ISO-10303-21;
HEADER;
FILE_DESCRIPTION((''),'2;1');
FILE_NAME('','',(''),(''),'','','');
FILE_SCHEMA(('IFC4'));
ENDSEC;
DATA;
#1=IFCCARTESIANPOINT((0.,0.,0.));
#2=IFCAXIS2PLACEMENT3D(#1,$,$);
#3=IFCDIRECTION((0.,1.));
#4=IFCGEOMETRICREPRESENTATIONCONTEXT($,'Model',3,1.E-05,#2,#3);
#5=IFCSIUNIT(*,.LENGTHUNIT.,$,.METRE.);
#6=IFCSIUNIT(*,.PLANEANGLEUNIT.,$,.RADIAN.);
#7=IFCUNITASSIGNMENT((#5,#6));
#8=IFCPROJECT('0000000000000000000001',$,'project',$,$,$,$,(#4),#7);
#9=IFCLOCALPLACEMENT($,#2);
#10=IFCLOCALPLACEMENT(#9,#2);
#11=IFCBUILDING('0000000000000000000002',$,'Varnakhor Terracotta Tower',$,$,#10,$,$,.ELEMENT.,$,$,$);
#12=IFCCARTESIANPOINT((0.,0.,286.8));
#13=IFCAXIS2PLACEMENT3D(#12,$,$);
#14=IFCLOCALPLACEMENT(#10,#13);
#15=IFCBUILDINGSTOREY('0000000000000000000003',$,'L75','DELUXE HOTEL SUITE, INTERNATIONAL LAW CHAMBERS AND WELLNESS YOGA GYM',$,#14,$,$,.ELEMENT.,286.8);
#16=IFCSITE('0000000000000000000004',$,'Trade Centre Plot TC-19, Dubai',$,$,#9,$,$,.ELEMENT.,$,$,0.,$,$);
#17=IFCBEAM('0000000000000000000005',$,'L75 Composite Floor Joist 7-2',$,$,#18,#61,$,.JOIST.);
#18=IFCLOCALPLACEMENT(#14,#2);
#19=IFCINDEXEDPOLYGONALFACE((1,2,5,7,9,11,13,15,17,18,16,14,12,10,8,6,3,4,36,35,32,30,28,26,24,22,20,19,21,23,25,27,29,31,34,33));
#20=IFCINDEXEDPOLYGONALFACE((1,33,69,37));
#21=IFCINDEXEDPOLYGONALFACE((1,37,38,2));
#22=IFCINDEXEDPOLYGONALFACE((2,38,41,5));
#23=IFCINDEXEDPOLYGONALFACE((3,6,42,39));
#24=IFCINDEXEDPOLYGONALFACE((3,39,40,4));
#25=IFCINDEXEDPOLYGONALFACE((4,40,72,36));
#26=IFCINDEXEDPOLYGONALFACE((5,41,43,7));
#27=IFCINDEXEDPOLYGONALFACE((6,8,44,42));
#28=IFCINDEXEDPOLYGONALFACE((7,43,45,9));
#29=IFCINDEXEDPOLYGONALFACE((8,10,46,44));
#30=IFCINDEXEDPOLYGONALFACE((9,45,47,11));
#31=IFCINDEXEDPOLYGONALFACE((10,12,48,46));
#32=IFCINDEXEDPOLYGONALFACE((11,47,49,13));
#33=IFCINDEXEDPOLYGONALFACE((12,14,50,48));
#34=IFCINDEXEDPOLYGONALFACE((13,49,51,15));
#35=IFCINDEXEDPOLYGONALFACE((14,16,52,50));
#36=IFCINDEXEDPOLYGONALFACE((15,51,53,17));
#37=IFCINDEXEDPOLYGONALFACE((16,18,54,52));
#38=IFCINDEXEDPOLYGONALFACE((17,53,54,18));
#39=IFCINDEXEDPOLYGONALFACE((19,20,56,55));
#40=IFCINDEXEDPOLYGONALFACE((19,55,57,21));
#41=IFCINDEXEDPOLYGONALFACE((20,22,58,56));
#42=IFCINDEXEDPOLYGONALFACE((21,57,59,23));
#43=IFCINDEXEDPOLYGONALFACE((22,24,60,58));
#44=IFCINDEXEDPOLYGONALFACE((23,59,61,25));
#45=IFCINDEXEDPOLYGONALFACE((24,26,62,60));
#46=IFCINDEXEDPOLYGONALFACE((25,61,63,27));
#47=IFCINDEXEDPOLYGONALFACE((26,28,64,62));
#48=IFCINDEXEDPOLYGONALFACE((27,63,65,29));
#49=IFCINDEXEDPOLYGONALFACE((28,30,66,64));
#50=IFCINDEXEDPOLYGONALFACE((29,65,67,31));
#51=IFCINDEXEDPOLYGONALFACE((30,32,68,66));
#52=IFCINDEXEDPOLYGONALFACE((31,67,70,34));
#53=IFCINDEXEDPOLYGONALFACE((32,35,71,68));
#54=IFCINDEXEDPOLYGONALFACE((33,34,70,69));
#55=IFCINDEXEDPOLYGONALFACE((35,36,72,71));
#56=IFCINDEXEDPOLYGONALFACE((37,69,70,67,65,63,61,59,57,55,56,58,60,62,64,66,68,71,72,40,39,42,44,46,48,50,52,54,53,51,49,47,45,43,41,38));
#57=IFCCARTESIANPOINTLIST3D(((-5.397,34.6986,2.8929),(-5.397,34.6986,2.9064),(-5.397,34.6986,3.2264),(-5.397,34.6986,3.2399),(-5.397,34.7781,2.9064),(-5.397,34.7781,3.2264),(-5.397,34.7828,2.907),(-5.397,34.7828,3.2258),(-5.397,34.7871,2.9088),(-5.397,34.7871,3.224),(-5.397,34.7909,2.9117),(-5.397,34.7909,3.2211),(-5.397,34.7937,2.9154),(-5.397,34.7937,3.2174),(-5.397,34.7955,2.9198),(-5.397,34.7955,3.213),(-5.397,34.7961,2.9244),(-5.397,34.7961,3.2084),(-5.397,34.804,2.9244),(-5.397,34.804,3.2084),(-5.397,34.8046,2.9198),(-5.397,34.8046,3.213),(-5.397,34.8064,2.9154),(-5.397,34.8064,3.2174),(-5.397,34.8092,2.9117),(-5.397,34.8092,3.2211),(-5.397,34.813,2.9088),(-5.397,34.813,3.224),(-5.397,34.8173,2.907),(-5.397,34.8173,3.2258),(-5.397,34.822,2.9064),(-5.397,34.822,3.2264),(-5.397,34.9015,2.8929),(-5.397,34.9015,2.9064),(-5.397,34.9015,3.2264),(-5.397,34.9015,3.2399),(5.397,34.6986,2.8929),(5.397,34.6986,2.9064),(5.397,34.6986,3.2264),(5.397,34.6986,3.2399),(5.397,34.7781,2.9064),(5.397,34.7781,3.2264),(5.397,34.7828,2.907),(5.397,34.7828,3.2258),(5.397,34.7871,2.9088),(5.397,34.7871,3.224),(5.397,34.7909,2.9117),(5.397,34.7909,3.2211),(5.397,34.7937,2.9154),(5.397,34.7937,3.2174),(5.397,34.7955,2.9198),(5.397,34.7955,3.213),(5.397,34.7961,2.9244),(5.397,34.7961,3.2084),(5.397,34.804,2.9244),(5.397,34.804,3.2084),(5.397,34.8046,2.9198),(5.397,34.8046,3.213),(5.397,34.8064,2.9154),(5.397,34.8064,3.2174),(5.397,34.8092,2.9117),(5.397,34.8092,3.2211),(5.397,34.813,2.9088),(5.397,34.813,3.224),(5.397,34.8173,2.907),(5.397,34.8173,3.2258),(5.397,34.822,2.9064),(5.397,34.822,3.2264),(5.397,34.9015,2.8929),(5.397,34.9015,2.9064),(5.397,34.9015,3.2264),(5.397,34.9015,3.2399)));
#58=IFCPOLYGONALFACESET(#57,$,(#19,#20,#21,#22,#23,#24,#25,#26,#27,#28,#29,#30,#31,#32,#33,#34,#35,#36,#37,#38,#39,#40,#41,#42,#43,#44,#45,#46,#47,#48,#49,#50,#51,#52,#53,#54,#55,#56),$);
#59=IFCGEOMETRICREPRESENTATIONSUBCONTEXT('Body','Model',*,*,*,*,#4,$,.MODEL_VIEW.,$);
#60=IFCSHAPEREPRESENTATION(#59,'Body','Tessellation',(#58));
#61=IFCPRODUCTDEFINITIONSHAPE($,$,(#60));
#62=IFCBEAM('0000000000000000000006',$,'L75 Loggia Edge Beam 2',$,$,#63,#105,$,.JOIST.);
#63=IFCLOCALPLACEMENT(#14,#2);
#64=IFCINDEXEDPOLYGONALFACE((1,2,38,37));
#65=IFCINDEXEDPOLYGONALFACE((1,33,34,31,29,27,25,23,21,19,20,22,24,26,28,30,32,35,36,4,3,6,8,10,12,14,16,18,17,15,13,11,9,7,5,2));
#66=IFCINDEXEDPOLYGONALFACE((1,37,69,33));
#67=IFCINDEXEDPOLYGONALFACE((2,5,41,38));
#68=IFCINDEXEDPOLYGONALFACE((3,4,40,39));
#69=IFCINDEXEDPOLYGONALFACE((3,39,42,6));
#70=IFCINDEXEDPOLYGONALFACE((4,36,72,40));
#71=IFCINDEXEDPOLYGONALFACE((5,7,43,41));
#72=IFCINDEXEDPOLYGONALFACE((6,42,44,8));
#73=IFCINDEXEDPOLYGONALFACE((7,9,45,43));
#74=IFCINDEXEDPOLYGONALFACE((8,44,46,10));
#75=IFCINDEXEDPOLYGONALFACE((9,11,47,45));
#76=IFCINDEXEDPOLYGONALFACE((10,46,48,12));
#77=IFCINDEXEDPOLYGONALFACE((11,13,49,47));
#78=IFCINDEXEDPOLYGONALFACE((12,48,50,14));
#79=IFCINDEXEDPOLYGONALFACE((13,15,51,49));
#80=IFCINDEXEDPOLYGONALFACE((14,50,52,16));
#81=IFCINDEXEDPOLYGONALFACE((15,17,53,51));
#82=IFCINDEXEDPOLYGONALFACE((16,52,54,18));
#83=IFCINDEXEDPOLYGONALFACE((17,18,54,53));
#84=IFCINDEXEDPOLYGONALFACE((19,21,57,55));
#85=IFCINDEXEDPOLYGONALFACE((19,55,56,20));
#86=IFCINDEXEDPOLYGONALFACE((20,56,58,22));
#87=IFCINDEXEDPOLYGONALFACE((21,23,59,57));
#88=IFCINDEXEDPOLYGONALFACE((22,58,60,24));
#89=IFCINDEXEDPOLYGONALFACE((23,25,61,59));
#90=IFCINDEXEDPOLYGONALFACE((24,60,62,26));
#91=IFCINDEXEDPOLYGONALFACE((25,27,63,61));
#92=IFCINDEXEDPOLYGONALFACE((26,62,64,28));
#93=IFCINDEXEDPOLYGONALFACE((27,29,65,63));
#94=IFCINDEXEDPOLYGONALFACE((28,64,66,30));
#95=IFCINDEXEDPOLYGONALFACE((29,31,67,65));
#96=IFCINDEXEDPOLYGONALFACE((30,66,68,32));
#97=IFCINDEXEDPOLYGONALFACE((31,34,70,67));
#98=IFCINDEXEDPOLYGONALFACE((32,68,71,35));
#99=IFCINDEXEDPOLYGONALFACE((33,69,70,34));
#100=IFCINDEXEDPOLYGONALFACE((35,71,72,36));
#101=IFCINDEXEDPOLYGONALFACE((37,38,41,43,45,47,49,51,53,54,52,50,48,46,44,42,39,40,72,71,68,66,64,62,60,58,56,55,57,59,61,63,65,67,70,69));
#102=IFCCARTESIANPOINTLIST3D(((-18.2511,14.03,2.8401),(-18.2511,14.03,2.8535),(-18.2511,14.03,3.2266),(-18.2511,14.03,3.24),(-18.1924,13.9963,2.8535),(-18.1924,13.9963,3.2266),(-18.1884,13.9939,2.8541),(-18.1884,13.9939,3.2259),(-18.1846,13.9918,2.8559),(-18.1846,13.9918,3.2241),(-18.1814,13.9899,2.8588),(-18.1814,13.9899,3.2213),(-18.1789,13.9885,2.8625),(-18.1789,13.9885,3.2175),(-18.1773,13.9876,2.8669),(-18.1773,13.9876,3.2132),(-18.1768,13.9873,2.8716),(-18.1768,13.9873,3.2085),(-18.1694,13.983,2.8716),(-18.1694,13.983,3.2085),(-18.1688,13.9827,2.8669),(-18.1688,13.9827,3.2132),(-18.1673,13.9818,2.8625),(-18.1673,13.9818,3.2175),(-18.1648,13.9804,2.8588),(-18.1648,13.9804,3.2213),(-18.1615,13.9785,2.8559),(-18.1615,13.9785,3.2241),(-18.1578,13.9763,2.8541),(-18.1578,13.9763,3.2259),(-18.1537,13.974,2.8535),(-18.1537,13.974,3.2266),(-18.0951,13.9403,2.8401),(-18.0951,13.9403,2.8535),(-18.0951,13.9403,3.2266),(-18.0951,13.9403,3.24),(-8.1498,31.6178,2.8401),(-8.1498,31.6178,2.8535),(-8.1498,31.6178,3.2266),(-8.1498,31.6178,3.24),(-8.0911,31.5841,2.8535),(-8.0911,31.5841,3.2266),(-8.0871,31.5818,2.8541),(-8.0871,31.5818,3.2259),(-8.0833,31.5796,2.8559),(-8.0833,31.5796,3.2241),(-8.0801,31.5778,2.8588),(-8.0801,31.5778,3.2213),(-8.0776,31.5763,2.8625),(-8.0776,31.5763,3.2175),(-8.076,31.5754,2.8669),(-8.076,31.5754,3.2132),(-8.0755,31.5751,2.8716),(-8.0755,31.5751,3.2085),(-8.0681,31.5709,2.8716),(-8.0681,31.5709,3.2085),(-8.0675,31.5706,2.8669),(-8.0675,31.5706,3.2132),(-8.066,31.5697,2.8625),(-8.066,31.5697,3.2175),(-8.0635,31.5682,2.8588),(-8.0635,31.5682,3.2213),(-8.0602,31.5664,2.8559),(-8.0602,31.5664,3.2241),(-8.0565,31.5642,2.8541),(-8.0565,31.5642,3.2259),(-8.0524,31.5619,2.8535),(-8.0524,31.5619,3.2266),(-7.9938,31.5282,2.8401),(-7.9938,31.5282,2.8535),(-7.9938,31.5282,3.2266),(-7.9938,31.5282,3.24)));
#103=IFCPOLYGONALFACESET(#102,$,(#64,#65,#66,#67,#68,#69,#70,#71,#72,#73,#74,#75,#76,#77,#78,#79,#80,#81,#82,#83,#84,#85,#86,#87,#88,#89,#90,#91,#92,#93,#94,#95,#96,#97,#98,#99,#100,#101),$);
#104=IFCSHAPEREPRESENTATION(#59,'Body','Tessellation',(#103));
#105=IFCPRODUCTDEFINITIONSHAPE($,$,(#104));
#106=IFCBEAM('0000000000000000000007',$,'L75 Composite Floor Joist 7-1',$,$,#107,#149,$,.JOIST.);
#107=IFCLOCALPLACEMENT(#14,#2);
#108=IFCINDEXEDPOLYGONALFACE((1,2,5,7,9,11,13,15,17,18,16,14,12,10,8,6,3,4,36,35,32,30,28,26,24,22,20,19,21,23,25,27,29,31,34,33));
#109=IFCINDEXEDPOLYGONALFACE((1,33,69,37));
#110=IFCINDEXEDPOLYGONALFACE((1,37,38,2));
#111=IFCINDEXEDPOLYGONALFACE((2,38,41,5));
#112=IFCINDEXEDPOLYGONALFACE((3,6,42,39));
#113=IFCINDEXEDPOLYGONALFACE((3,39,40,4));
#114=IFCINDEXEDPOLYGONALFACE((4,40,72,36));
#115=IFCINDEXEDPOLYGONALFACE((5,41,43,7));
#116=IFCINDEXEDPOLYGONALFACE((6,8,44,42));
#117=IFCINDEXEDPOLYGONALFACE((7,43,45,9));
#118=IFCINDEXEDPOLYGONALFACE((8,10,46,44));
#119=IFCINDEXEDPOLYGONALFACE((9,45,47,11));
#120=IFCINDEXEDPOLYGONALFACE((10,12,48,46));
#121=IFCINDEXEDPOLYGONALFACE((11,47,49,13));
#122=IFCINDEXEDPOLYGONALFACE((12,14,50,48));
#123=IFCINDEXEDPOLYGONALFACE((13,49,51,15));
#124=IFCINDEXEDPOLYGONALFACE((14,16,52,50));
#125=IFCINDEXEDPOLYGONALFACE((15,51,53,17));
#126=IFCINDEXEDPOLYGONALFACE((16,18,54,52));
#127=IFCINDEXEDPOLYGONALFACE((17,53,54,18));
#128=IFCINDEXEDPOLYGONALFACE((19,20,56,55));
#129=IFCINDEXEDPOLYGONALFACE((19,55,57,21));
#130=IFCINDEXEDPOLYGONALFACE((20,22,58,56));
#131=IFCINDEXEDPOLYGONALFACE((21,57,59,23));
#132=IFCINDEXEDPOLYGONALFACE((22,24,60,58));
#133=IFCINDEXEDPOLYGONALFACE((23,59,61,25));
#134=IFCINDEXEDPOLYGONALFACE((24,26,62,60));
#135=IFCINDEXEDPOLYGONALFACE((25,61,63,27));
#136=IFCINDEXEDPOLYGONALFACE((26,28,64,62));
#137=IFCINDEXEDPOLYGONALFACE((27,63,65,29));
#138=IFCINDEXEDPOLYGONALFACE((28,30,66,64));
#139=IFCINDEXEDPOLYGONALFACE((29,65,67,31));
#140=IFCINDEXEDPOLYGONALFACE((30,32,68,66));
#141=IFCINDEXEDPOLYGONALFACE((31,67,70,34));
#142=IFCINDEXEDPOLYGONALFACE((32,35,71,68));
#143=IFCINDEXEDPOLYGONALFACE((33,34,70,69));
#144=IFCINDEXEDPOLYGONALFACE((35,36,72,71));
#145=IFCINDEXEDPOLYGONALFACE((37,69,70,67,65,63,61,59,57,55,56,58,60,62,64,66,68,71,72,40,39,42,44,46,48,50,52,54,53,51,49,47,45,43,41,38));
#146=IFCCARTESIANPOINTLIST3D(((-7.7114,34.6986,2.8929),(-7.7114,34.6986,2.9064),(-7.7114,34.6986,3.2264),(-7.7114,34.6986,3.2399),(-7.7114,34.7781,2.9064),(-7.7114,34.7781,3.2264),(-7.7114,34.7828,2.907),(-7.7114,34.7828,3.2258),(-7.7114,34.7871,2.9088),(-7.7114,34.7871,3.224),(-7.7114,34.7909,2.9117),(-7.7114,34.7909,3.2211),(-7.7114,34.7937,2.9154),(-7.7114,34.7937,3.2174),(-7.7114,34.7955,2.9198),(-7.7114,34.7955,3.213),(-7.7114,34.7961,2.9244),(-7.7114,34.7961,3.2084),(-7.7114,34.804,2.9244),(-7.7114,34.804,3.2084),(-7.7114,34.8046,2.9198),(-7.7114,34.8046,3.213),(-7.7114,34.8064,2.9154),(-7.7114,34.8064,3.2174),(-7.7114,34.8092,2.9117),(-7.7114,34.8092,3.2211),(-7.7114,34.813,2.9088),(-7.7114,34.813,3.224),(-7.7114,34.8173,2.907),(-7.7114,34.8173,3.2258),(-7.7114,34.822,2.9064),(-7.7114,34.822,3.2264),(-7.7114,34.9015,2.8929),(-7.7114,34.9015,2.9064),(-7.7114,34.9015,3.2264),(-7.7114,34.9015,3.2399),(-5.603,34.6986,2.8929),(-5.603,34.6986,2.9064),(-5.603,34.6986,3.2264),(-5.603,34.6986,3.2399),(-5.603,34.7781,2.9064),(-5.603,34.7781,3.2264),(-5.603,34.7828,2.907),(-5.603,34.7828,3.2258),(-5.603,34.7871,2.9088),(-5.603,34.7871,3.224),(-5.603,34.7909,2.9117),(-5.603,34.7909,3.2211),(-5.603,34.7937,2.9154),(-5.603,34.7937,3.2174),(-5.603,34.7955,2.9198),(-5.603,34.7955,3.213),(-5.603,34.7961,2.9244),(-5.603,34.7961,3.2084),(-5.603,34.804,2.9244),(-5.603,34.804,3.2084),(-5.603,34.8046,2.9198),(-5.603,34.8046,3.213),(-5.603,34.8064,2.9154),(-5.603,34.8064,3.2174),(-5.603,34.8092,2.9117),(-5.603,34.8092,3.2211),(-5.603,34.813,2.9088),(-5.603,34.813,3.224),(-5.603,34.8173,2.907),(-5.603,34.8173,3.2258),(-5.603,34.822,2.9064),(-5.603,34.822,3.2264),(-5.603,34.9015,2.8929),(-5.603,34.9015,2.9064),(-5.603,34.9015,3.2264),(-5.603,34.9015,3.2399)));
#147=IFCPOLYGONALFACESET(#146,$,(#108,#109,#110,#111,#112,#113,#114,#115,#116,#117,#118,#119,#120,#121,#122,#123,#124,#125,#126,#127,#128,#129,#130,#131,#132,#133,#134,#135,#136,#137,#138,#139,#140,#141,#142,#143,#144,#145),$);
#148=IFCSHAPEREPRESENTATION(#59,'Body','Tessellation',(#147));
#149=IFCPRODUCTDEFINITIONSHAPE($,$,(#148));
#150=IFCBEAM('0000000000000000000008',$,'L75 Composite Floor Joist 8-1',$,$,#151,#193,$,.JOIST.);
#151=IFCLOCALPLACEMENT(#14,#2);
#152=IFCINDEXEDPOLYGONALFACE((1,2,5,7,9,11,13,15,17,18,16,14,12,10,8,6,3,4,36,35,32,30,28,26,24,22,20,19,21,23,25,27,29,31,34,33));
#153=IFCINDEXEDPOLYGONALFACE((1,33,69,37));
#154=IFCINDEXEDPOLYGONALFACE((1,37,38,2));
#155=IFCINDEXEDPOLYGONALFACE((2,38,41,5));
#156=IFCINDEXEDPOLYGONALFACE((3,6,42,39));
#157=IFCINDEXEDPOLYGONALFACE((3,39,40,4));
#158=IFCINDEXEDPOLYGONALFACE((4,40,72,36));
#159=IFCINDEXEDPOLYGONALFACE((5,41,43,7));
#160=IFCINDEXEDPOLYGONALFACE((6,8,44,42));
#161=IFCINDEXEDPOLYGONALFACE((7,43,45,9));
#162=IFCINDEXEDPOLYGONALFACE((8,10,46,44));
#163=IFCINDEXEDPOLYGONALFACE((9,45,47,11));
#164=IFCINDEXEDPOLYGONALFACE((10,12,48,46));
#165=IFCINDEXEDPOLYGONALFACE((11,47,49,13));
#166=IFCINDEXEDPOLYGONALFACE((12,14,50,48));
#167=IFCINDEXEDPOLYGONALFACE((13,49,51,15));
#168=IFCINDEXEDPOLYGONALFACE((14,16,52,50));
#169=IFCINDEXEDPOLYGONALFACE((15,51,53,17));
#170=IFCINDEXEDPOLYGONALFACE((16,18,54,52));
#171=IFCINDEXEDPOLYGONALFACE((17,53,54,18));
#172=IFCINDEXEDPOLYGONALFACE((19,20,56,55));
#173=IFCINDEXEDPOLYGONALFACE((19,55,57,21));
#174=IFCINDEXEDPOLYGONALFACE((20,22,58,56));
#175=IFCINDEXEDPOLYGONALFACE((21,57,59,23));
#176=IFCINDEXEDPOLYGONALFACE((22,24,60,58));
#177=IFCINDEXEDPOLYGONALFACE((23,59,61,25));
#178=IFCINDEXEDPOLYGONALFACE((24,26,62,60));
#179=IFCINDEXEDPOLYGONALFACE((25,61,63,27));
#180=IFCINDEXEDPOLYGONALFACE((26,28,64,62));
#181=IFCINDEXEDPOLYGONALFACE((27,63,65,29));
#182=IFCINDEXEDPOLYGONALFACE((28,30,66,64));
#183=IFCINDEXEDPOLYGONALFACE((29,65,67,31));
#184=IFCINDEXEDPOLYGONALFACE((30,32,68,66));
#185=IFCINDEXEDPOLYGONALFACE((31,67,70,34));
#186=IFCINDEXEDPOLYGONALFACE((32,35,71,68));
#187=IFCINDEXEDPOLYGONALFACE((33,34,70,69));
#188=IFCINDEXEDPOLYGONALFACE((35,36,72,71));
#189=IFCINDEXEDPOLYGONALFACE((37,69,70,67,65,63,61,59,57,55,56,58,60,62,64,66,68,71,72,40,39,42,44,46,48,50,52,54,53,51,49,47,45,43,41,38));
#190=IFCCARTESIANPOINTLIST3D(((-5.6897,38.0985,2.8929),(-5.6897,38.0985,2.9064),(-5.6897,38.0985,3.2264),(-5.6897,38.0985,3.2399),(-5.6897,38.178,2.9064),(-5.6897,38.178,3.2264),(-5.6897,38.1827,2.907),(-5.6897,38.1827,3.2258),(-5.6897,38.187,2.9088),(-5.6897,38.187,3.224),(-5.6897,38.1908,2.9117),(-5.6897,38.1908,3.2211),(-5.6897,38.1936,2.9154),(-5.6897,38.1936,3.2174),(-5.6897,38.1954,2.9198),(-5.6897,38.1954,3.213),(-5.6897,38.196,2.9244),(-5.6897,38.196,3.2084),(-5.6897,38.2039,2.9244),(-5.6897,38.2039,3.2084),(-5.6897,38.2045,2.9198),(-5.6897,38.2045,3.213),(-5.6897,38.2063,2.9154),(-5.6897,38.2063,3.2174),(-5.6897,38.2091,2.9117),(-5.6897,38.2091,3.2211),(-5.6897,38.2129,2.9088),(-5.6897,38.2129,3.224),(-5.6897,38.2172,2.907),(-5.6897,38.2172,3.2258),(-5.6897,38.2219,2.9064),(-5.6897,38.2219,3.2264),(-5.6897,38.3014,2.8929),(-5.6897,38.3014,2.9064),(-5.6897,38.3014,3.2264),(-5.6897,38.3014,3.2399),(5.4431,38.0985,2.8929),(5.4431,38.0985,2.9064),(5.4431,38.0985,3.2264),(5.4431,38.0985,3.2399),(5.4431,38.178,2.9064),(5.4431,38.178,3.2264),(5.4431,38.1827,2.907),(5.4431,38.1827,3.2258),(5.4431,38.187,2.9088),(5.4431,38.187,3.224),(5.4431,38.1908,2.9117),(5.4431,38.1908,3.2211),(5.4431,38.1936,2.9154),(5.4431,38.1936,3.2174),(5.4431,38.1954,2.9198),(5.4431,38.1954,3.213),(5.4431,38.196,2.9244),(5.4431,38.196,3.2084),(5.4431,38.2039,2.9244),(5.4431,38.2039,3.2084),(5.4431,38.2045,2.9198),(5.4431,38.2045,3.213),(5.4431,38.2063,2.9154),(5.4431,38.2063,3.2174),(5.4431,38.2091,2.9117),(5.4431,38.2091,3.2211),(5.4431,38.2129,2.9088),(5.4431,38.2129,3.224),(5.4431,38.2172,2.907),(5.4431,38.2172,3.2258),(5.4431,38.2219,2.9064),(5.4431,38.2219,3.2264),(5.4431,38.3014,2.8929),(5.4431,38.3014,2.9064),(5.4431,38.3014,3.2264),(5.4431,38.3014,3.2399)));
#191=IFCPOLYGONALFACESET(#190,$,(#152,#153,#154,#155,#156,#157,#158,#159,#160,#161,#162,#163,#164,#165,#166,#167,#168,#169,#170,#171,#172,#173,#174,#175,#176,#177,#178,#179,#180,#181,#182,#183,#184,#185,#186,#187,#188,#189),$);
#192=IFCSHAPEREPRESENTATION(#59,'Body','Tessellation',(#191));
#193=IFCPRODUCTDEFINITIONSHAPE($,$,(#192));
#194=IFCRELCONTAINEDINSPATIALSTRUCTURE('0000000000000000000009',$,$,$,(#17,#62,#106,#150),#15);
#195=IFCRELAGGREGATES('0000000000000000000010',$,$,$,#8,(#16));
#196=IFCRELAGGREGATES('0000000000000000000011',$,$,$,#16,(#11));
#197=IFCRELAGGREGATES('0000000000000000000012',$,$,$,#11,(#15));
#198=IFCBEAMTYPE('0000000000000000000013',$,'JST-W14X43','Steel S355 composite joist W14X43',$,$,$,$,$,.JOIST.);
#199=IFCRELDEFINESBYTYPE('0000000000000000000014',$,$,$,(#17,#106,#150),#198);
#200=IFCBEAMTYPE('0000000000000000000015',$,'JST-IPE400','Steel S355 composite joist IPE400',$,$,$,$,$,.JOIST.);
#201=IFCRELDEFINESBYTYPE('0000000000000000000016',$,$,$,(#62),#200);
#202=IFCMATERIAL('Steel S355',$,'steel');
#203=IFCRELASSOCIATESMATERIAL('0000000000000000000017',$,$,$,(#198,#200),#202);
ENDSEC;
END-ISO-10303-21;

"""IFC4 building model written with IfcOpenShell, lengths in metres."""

from ifc_helpers import new_model, si_unit, direction, frame, origin, origin_2d, place, context, subcontext, project, spatial, i_section, extrude, source, transform, mapped, material, material_profile, profile_set, type_object, element, save


model = new_model("IFC4")

# Units and contexts
model_context = context("Model", 3, precision=1e-05, world=origin(), true_north=direction((0.0, 1.0)))
body_context = subcontext(model_context, "Body", "Model", "MODEL_VIEW")
ifc_project = project(units=[si_unit("LENGTHUNIT", "METRE"), si_unit("PLANEANGLEUNIT", "RADIAN")], contexts=[model_context])

# Site, building, storey
site_placement = place(None, origin())
site = spatial("IfcSite", under=ifc_project, at=site_placement, Name="Trade Centre Plot TC-19, Dubai", CompositionType="ELEMENT", RefElevation=0.0)
building_placement = place(site_placement, origin())
building = spatial("IfcBuilding", under=site, at=building_placement, Name="Varnakhor Terracotta Tower", CompositionType="ELEMENT")
storey_placement = place(building_placement, frame((0.0, 0.0, 286.8)))
storey = spatial("IfcBuildingStorey", under=building, at=storey_placement, Name="L75", Description="DELUXE HOTEL SUITE, INTERNATIONAL LAW CHAMBERS AND WELLNESS YOGA GYM", CompositionType="ELEMENT", Elevation=286.8)

# Beams
ifc_material_1 = material(Name="Steel S355", Category="steel")
ifc_material_profile_1 = material_profile(ifc_material_1, i_section(OverallWidth=0.2029, OverallDepth=0.3469, WebThickness=0.0078, FlangeThickness=0.0134, FilletRadius=0.0181, at=origin_2d()), Name="W14X43")
ifc_profile_set_1 = profile_set([ifc_material_profile_1], Name="Steel S355")
beam_type_1 = type_object("IfcBeamType", Name="JST-W14X43", Description="Steel S355 composite joist W14X43", PredefinedType="JOIST", material=ifc_profile_set_1)
shared_shape_1 = source(origin(), body_context, "Body", "SweptSolid", [
    extrude(i_section(OverallWidth=0.2029, OverallDepth=0.3469, WebThickness=0.0078, FlangeThickness=0.0134, FilletRadius=0.0181, at=origin_2d()), origin(), (0.0, 0.0, 1.0), 10.7939),
])
beam_1_placement = place(storey_placement, frame((-5.397, 34.8, 3.0664), z_axis=(1.0, 0.0, 0.0), x_axis=(0.0, 1.0, 0.0)))
element("IfcBeam", 1, at=beam_1_placement, inside=storey, type_object=beam_type_1, Name="L75 Composite Floor Joist 7-2", PredefinedType="JOIST", context=body_context, shape_type="MappedRepresentation", body=[
    mapped(shared_shape_1, transform((0.0, 0.0, 0.0), scale=1.0)),
])
ifc_material_profile_2 = material_profile(ifc_material_1, i_section(OverallWidth=0.1799, OverallDepth=0.3999, WebThickness=0.0085, FlangeThickness=0.0134, FilletRadius=0.0181, at=origin_2d()), Name="IPE400")
ifc_profile_set_2 = profile_set([ifc_material_profile_2], Name="Steel S355")
beam_type_2 = type_object("IfcBeamType", Name="JST-IPE400", Description="Steel S355 composite joist IPE400", PredefinedType="JOIST", material=ifc_profile_set_2)
shared_shape_2 = source(origin(), body_context, "Body", "SweptSolid", [
    extrude(i_section(OverallWidth=0.1799, OverallDepth=0.3999, WebThickness=0.0085, FlangeThickness=0.0134, FilletRadius=0.0181, at=origin_2d()), origin(), (0.0, 0.0, 1.0), 20.2822),
])
beam_2_placement = place(storey_placement, frame((-8.0718, 31.573, 3.04), z_axis=(-0.498037, -0.867156, 0.0), x_axis=(0.867156, -0.498037, 0.0)))
element("IfcBeam", 2, at=beam_2_placement, inside=storey, type_object=beam_type_2, Name="L75 Loggia Edge Beam 2", PredefinedType="JOIST", context=body_context, shape_type="MappedRepresentation", body=[
    mapped(shared_shape_2, transform((0.0, 0.0, 0.0), scale=1.0)),
])
shared_shape_3 = source(origin(), body_context, "Body", "SweptSolid", [
    extrude(i_section(OverallWidth=0.2029, OverallDepth=0.3469, WebThickness=0.0078, FlangeThickness=0.0134, FilletRadius=0.0181, at=origin_2d()), origin(), (0.0, 0.0, 1.0), 2.1084),
])
beam_3_placement = place(storey_placement, frame((-7.7114, 34.8, 3.0664), z_axis=(1.0, 0.0, 0.0), x_axis=(0.0, 1.0, 0.0)))
element("IfcBeam", 3, at=beam_3_placement, inside=storey, type_object=beam_type_1, Name="L75 Composite Floor Joist 7-1", PredefinedType="JOIST", context=body_context, shape_type="MappedRepresentation", body=[
    mapped(shared_shape_3, transform((0.0, 0.0, 0.0), scale=1.0)),
])
shared_shape_4 = source(origin(), body_context, "Body", "SweptSolid", [
    extrude(i_section(OverallWidth=0.2029, OverallDepth=0.3469, WebThickness=0.0078, FlangeThickness=0.0134, FilletRadius=0.0181, at=origin_2d()), origin(), (0.0, 0.0, 1.0), 11.1328),
])
beam_4_placement = place(storey_placement, frame((-5.6897, 38.2, 3.0664), z_axis=(1.0, 0.0, 0.0), x_axis=(0.0, 1.0, 0.0)))
element("IfcBeam", 4, at=beam_4_placement, inside=storey, type_object=beam_type_1, Name="L75 Composite Floor Joist 8-1", PredefinedType="JOIST", context=body_context, shape_type="MappedRepresentation", body=[
    mapped(shared_shape_4, transform((0.0, 0.0, 0.0), scale=1.0)),
])

save(model, "model.ifc")
